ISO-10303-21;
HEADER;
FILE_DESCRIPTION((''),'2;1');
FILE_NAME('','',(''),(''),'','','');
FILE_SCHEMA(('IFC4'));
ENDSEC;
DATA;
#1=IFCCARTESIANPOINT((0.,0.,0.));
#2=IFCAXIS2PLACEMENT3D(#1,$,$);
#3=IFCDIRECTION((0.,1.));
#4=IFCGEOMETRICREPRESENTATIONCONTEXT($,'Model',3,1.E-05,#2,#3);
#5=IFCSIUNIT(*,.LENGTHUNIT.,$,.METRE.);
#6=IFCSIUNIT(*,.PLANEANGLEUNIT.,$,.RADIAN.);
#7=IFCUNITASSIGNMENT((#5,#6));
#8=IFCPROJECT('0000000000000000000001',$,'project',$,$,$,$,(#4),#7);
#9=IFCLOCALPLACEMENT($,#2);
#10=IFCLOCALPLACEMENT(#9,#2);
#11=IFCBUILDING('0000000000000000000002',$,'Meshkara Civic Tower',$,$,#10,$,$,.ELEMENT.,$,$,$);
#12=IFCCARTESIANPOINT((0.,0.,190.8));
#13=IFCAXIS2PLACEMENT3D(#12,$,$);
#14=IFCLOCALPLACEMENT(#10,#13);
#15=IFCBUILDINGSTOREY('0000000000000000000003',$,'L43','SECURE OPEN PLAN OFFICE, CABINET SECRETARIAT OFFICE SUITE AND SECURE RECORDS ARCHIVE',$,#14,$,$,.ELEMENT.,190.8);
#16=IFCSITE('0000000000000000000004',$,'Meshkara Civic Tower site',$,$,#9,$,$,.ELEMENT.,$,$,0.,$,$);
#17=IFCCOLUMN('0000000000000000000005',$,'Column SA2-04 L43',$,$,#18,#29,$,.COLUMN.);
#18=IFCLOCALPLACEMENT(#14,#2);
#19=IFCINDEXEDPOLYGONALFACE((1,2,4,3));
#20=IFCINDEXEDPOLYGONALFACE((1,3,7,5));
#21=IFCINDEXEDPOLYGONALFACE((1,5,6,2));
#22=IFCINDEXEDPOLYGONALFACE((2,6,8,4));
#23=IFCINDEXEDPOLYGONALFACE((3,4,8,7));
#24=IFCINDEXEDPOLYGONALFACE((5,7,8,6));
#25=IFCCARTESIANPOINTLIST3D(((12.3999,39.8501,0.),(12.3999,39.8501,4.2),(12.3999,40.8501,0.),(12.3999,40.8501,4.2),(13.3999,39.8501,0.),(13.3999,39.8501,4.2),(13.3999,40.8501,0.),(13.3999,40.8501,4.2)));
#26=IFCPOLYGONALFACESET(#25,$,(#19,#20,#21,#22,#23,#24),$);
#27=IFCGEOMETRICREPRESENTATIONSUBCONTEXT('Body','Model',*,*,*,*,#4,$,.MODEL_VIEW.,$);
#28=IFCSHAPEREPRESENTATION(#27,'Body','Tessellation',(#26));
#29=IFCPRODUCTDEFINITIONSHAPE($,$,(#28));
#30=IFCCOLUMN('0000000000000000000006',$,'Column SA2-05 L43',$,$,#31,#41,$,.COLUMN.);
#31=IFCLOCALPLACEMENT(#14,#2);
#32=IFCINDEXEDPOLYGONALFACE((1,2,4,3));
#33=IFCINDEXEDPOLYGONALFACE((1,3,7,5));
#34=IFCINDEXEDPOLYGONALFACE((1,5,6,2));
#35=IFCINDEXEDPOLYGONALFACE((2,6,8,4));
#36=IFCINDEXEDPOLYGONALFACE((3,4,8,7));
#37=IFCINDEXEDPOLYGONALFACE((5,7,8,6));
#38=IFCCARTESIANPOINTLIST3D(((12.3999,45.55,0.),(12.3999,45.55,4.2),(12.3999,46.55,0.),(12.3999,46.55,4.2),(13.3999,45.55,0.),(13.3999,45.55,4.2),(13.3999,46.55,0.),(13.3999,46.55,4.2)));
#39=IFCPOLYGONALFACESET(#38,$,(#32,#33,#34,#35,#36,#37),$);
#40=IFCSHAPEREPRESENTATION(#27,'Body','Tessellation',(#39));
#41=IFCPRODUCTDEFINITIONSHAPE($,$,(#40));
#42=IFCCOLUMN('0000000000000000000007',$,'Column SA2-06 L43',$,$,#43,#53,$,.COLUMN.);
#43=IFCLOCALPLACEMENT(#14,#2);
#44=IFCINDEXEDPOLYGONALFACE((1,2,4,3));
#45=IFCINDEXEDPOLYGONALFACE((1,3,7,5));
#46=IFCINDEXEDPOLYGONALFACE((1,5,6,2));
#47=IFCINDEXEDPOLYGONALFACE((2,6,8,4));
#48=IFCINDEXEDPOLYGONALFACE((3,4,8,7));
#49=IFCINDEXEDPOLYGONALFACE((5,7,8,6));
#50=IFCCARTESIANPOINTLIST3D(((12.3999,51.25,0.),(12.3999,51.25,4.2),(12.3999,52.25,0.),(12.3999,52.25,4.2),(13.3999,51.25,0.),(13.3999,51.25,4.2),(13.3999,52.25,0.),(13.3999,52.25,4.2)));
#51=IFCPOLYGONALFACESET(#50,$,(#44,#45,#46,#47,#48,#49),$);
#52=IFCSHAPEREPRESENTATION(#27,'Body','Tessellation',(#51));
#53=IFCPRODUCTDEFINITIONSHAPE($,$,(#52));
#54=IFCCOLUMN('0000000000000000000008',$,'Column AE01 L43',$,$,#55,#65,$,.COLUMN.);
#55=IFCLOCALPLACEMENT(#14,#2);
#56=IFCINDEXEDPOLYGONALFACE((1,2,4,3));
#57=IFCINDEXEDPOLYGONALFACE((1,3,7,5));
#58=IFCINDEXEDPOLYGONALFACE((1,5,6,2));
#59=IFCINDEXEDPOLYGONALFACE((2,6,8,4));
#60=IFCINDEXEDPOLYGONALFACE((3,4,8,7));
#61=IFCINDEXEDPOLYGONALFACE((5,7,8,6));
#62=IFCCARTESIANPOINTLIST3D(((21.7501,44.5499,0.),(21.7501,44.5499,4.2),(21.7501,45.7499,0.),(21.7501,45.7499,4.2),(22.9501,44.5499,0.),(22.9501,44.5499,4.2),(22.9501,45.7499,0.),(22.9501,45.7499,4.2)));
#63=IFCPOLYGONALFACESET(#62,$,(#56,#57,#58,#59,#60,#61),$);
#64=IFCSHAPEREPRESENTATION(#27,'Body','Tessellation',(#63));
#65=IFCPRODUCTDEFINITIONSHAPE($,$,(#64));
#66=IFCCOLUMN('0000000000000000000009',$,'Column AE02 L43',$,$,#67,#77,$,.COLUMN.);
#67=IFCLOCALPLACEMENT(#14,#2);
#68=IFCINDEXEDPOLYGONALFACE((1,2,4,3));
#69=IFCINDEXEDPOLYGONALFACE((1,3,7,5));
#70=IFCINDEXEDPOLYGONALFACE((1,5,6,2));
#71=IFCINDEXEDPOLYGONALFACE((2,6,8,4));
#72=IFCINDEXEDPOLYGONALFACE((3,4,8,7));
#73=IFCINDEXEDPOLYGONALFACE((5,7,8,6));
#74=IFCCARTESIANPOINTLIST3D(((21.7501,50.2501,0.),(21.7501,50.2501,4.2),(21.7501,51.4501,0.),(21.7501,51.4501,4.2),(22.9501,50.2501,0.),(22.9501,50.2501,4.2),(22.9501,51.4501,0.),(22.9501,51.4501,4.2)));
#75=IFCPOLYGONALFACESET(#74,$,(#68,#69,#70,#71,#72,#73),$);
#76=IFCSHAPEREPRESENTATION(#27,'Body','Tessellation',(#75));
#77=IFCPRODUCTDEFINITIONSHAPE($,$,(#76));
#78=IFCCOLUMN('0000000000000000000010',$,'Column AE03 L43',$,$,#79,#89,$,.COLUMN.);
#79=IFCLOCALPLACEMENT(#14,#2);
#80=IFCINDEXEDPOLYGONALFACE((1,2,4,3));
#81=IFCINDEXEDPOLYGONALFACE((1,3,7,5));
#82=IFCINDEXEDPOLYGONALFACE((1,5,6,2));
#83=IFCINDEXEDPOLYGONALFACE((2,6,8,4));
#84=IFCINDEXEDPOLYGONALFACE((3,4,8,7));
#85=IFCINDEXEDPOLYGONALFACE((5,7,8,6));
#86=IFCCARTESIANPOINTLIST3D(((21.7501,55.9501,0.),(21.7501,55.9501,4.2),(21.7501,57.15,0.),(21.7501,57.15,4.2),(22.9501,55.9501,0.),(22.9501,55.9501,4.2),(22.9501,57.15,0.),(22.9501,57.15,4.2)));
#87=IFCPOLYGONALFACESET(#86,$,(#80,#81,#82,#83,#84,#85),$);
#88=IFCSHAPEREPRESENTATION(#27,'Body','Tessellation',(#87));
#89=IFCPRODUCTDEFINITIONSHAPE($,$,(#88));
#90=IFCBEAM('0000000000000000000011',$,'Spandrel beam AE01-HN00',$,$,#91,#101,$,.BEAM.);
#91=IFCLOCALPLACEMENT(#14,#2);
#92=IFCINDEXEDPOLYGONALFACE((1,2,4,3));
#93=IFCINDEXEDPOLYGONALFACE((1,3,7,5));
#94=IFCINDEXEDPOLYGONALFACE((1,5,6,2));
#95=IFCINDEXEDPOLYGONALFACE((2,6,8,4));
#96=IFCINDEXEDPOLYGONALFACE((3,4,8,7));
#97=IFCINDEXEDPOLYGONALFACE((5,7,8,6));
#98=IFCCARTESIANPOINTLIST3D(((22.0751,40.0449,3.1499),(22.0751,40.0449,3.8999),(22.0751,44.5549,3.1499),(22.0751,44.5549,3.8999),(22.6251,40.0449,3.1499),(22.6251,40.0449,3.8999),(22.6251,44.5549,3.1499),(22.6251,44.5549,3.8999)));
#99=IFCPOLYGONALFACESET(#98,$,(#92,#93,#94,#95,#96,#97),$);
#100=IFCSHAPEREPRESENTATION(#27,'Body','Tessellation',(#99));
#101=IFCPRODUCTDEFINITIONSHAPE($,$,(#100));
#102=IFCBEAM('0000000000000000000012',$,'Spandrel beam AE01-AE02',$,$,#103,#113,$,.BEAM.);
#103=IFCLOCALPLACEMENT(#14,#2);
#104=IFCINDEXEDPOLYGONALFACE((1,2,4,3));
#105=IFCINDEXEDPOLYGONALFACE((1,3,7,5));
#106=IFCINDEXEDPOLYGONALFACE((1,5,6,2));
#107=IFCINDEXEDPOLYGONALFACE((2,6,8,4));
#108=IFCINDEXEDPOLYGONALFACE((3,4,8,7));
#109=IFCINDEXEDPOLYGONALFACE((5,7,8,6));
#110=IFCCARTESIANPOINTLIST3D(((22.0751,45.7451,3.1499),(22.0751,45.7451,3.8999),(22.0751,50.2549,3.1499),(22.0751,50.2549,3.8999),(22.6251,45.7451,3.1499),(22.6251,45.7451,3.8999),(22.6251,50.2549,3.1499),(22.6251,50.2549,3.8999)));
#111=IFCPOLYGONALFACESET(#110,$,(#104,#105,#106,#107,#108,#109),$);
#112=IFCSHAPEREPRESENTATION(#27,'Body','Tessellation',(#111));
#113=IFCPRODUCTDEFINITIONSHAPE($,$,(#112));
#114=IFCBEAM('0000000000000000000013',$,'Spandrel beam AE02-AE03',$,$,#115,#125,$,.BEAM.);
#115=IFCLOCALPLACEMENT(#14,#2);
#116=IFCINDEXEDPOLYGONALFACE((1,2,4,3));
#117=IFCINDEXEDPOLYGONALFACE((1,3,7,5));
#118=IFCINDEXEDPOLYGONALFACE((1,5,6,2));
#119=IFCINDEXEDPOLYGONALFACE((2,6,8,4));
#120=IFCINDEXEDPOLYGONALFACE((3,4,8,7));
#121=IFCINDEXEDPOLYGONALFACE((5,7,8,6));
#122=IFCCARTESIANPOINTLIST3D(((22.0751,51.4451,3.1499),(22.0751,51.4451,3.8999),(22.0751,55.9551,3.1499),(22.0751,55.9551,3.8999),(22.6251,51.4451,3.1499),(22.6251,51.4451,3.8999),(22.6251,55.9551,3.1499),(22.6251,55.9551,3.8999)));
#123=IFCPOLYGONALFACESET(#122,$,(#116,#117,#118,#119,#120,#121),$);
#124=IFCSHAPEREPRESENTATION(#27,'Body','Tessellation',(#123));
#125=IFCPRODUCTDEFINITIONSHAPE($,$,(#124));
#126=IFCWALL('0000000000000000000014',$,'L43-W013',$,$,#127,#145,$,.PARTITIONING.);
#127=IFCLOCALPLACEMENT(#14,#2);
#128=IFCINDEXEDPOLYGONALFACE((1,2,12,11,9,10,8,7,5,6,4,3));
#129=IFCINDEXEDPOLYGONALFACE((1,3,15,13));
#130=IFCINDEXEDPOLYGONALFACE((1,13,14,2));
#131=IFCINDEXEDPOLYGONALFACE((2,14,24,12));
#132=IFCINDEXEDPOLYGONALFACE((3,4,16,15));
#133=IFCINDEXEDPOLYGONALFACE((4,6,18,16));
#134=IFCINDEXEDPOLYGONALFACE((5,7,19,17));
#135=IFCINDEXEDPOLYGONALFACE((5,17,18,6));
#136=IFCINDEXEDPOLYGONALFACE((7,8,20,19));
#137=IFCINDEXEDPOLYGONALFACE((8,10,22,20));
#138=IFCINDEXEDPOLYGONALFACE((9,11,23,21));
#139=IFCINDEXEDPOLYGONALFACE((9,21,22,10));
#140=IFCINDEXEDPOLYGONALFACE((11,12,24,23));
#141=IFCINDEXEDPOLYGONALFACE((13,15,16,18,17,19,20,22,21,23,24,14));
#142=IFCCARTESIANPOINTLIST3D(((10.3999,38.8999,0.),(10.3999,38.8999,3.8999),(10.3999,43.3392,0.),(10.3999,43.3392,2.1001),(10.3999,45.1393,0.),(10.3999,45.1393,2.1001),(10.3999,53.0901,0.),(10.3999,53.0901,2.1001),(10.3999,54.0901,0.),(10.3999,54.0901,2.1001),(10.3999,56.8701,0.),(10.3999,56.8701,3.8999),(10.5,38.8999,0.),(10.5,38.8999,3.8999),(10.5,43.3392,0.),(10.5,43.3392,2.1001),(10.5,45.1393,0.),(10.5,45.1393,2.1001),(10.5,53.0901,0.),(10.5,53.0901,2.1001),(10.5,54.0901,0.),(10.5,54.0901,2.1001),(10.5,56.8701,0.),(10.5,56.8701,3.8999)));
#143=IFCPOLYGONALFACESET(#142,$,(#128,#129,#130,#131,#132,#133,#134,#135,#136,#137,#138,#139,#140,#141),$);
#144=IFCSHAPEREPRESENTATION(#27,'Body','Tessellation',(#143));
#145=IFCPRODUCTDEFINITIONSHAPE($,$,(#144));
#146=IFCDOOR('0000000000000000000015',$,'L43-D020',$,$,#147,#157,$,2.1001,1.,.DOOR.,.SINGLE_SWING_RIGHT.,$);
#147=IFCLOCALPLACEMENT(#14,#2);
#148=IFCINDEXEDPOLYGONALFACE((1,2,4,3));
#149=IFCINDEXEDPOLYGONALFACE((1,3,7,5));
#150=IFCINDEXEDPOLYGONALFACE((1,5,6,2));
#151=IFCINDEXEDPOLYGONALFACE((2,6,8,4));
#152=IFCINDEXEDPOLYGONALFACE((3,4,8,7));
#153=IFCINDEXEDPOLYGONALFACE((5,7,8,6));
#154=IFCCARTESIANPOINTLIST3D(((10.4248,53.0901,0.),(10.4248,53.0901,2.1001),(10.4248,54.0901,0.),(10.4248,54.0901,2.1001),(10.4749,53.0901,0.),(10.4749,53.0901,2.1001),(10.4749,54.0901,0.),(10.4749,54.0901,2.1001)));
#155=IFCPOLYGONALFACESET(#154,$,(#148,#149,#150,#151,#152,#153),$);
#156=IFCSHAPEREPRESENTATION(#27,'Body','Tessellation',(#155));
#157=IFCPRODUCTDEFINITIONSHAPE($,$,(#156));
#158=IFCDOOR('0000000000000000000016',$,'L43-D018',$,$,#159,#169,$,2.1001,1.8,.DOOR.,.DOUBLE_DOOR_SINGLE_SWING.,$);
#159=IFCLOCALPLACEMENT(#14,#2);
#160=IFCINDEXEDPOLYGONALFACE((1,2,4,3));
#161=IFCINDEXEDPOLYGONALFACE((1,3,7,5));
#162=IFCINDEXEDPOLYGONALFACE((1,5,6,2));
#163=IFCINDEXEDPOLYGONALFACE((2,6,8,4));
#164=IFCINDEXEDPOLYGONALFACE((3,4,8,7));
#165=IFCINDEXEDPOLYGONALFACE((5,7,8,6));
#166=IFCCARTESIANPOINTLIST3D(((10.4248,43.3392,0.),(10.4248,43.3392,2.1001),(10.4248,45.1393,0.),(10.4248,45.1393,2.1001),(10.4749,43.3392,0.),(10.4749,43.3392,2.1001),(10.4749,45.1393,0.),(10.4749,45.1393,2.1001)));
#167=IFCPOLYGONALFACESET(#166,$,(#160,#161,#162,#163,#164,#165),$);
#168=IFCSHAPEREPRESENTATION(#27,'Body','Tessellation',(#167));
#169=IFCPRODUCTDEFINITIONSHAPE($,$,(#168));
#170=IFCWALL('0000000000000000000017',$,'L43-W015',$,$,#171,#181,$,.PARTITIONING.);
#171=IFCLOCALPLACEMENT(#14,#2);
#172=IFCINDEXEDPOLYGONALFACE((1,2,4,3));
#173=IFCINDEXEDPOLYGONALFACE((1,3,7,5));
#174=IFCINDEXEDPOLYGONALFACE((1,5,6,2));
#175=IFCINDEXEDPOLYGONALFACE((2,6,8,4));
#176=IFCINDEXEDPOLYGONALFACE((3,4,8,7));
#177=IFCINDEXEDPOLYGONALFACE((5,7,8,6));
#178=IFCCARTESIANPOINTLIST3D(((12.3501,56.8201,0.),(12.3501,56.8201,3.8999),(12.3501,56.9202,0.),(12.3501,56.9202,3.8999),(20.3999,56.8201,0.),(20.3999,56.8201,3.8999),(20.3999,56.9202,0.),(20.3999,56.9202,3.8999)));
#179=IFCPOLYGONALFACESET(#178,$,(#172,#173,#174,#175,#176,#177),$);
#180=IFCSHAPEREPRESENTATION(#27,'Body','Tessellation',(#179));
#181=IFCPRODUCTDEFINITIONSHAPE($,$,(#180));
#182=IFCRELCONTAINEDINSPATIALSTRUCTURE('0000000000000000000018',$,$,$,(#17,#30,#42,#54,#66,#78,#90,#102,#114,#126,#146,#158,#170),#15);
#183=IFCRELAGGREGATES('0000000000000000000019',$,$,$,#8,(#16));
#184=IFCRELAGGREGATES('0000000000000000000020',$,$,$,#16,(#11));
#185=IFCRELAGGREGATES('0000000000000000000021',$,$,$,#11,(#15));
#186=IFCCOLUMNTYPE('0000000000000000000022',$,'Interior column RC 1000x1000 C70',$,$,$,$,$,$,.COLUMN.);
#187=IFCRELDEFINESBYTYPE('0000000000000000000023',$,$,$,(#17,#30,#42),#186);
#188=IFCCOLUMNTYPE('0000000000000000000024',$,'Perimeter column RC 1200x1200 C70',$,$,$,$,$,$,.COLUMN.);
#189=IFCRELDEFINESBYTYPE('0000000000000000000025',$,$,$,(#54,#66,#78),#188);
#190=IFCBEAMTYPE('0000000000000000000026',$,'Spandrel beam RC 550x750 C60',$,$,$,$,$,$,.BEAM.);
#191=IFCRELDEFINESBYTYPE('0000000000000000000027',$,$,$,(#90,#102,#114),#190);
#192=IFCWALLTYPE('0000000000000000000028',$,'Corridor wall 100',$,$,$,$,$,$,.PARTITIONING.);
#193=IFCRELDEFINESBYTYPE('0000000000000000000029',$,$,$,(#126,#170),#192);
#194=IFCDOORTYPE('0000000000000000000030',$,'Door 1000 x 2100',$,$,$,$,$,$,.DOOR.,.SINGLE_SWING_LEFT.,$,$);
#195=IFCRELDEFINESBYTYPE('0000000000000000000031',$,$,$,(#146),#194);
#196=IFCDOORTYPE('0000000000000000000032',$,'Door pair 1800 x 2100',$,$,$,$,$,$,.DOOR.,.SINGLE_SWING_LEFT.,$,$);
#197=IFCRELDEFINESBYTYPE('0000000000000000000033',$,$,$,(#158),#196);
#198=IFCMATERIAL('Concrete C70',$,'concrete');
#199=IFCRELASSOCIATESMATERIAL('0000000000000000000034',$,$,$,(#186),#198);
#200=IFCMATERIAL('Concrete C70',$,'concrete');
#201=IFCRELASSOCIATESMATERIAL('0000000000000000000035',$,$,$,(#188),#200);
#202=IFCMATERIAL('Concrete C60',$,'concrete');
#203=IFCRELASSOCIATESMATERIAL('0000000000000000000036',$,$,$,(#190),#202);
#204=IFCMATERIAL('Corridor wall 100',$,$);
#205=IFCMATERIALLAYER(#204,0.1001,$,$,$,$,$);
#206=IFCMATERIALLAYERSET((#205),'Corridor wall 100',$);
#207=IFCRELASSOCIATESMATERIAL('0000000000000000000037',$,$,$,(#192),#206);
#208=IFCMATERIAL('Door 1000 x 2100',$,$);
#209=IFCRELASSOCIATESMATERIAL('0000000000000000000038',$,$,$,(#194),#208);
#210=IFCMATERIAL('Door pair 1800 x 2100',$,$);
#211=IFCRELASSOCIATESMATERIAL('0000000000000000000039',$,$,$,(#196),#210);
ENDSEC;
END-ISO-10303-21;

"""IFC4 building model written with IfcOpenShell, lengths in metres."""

from ifc_helpers import new_model, si_unit, direction, frame, frame_2d, origin, origin_2d, place, context, subcontext, project, spatial, rectangle, extrude, material, layer, layer_set, material_profile, profile_set, type_object, element, fill, save


model = new_model("IFC4")

# Units and contexts
model_context = context("Model", 3, precision=1e-05, world=origin(), true_north=direction((0.0, 1.0)))
body_context = subcontext(model_context, "Body", "Model", "MODEL_VIEW")
ifc_project = project(units=[si_unit("LENGTHUNIT", "METRE"), si_unit("PLANEANGLEUNIT", "RADIAN")], contexts=[model_context])

# Site, building, storey
site_placement = place(None, origin())
site = spatial("IfcSite", under=ifc_project, at=site_placement, Name="Meshkara Civic Tower site", CompositionType="ELEMENT", RefElevation=0.0)
building_placement = place(site_placement, origin())
building = spatial("IfcBuilding", under=site, at=building_placement, Name="Meshkara Civic Tower", CompositionType="ELEMENT")
storey_placement = place(building_placement, frame((0.0, 0.0, 190.8)))
storey = spatial("IfcBuildingStorey", under=building, at=storey_placement, Name="L43", Description="SECURE OPEN PLAN OFFICE, CABINET SECRETARIAT OFFICE SUITE AND SECURE RECORDS ARCHIVE", CompositionType="ELEMENT", Elevation=190.8)

# Columns
ifc_material_1 = material(Name="Concrete C70", Category="concrete")
ifc_material_profile_1 = material_profile(ifc_material_1, rectangle(XDim=1.0, YDim=1.0, at=origin_2d()))
ifc_profile_set_1 = profile_set([ifc_material_profile_1], Name="Concrete C70")
column_type_1 = type_object("IfcColumnType", Name="Interior column RC 1000x1000 C70", PredefinedType="COLUMN", material=ifc_profile_set_1)
for number, where, z_axis, x_axis, name in (
    (1, (12.8999, 40.3501, 0.0), (0.0, 0.0, 1.0), (1.0, 0.0, 0.0), "Column SA2-04 L43"),
    (2, (12.8999, 46.05, 0.0), (0.0, 0.0, 1.0), (1.0, 0.0, 0.0), "Column SA2-05 L43"),
    (3, (12.8999, 51.75, 0.0), (0.0, 0.0, 1.0), (1.0, 0.0, 0.0), "Column SA2-06 L43"),
):
    element("IfcColumn", number, at=place(storey_placement, frame(where, z_axis=z_axis, x_axis=x_axis)), inside=storey, type_object=column_type_1, Name=name, PredefinedType="COLUMN", context=body_context, shape_type="SweptSolid", body=[
        extrude(rectangle(XDim=1.0, YDim=1.0, at=origin_2d()), origin(), (0.0, 0.0, 1.0), 4.2),
    ])
ifc_material_2 = material(Name="Concrete C70", Category="concrete")
ifc_material_profile_2 = material_profile(ifc_material_2, rectangle(XDim=1.2, YDim=1.2, at=origin_2d()))
ifc_profile_set_2 = profile_set([ifc_material_profile_2], Name="Concrete C70")
column_type_2 = type_object("IfcColumnType", Name="Perimeter column RC 1200x1200 C70", PredefinedType="COLUMN", material=ifc_profile_set_2)
for number, where, z_axis, x_axis, name in (
    (4, (22.3501, 45.1499, 0.0), (0.0, 0.0, 1.0), (1.0, 0.0, 0.0), "Column AE01 L43"),
    (5, (22.3501, 50.8501, 0.0), (0.0, 0.0, 1.0), (1.0, 0.0, 0.0), "Column AE02 L43"),
    (6, (22.3501, 56.55, 0.0), (0.0, 0.0, 1.0), (1.0, 0.0, 0.0), "Column AE03 L43"),
):
    element("IfcColumn", number, at=place(storey_placement, frame(where, z_axis=z_axis, x_axis=x_axis)), inside=storey, type_object=column_type_2, Name=name, PredefinedType="COLUMN", context=body_context, shape_type="SweptSolid", body=[
        extrude(rectangle(XDim=1.2, YDim=1.2, at=origin_2d()), origin(), (0.0, 0.0, 1.0), 4.2),
    ])

# Beams
ifc_material_3 = material(Name="Concrete C60", Category="concrete")
ifc_material_profile_3 = material_profile(ifc_material_3, rectangle(XDim=0.55, YDim=0.75, at=origin_2d()))
ifc_profile_set_3 = profile_set([ifc_material_profile_3], Name="Concrete C60")
beam_type = type_object("IfcBeamType", Name="Spandrel beam RC 550x750 C60", PredefinedType="BEAM", material=ifc_profile_set_3)
beam_1_placement = place(storey_placement, frame((22.3501, 40.0449, 3.5249), z_axis=(0.0, 1.0, 0.0), x_axis=(-1.0, 0.0, 0.0)))
element("IfcBeam", 7, at=beam_1_placement, inside=storey, type_object=beam_type, Name="Spandrel beam AE01-HN00", PredefinedType="BEAM", context=body_context, shape_type="SweptSolid", body=[
    extrude(rectangle(XDim=0.55, YDim=0.75, at=origin_2d()), origin(), (0.0, 0.0, 1.0), 4.51),
])
beam_2_placement = place(storey_placement, frame((22.3501, 45.7451, 3.5249), z_axis=(0.0, 1.0, 0.0), x_axis=(-1.0, 0.0, 0.0)))
element("IfcBeam", 8, at=beam_2_placement, inside=storey, type_object=beam_type, Name="Spandrel beam AE01-AE02", PredefinedType="BEAM", context=body_context, shape_type="SweptSolid", body=[
    extrude(rectangle(XDim=0.55, YDim=0.75, at=origin_2d()), origin(), (0.0, 0.0, 1.0), 4.5098),
])
beam_3_placement = place(storey_placement, frame((22.3501, 51.4451, 3.5249), z_axis=(0.0, 1.0, 0.0), x_axis=(-1.0, 0.0, 0.0)))
element("IfcBeam", 9, at=beam_3_placement, inside=storey, type_object=beam_type, Name="Spandrel beam AE02-AE03", PredefinedType="BEAM", context=body_context, shape_type="SweptSolid", body=[
    extrude(rectangle(XDim=0.55, YDim=0.75, at=origin_2d()), origin(), (0.0, 0.0, 1.0), 4.51),
])

# Wall, openings, doors
ifc_material_4 = material(Name="Corridor wall 100")
ifc_layer_1 = layer(ifc_material_4, 0.1001)
ifc_layer_set_1 = layer_set([ifc_layer_1], Name="Corridor wall 100")
wall_type_1 = type_object("IfcWallType", Name="Corridor wall 100", PredefinedType="PARTITIONING", material=ifc_layer_set_1)
wall_1_placement = place(storey_placement, frame((10.45, 56.8701, 0.0), z_axis=(0.0, 0.0, 1.0), x_axis=(0.0, -1.0, 0.0)))
wall_1 = element("IfcWall", 10, at=wall_1_placement, inside=storey, type_object=wall_type_1, Name="L43-W013", PredefinedType="PARTITIONING", context=body_context, shape_type="SweptSolid", body=[
    extrude(rectangle(XDim=17.9702, YDim=0.1001, at=frame_2d((8.9851, 0.0))), origin(), (0.0, 0.0, 1.0), 3.8999),
])
opening_1_placement = place(wall_1_placement, frame((11.731, 0.0, 0.0)))
opening_1 = element("IfcOpeningElement", 11, at=opening_1_placement, cuts=wall_1, PredefinedType="OPENING", context=body_context, shape_type="SweptSolid", body=[
    extrude(rectangle(XDim=1.8, YDim=2.1001, at=frame_2d((0.8999, 1.05))), frame((0.0, 0.0601, 0.0), z_axis=(0.0, -1.0, 0.0), x_axis=(1.0, 0.0, 0.0)), (0.0, 0.0, 1.0), 0.1201),
])
opening_2_placement = place(wall_1_placement, frame((2.78, 0.0, 0.0)))
opening_2 = element("IfcOpeningElement", 12, at=opening_2_placement, cuts=wall_1, PredefinedType="OPENING", context=body_context, shape_type="SweptSolid", body=[
    extrude(rectangle(XDim=1.0, YDim=2.1001, at=frame_2d((0.5, 1.05))), frame((0.0, 0.0601, 0.0), z_axis=(0.0, -1.0, 0.0), x_axis=(1.0, 0.0, 0.0)), (0.0, 0.0, 1.0), 0.1201),
])
ifc_material_5 = material(Name="Door 1000 x 2100")
door_type_1 = type_object("IfcDoorType", Name="Door 1000 x 2100", OperationType="SINGLE_SWING_LEFT", PredefinedType="DOOR", material=ifc_material_5)
door_1_placement = place(opening_2_placement, origin())
door_1 = element("IfcDoor", 13, at=door_1_placement, inside=storey, type_object=door_type_1, Name="L43-D020", OperationType="SINGLE_SWING_RIGHT", OverallHeight=2.1001, OverallWidth=1.0, PredefinedType="DOOR", context=body_context, shape_type="SweptSolid", body=[
    extrude(rectangle(XDim=1.0, YDim=2.1001, at=frame_2d((0.5, 1.05))), frame((0.0, 0.0249, 0.0), z_axis=(0.0, -1.0, 0.0), x_axis=(1.0, 0.0, 0.0)), (0.0, 0.0, 1.0), 0.05),
])
fill(opening_2, door_1)
ifc_material_6 = material(Name="Door pair 1800 x 2100")
door_type_2 = type_object("IfcDoorType", Name="Door pair 1800 x 2100", OperationType="SINGLE_SWING_LEFT", PredefinedType="DOOR", material=ifc_material_6)
door_2_placement = place(opening_1_placement, origin())
door_2 = element("IfcDoor", 14, at=door_2_placement, inside=storey, type_object=door_type_2, Name="L43-D018", OperationType="DOUBLE_DOOR_SINGLE_SWING", OverallHeight=2.1001, OverallWidth=1.8, PredefinedType="DOOR", context=body_context, shape_type="SweptSolid", body=[
    extrude(rectangle(XDim=1.8, YDim=2.1001, at=frame_2d((0.8999, 1.05))), frame((0.0, 0.0249, 0.0), z_axis=(0.0, -1.0, 0.0), x_axis=(1.0, 0.0, 0.0)), (0.0, 0.0, 1.0), 0.05),
])
fill(opening_1, door_2)

# Wall
wall_2_placement = place(storey_placement, frame((12.3501, 56.8701, 0.0), z_axis=(0.0, 0.0, 1.0), x_axis=(1.0, 0.0, 0.0)))
element("IfcWall", 15, at=wall_2_placement, inside=storey, type_object=wall_type_1, Name="L43-W015", PredefinedType="PARTITIONING", context=body_context, shape_type="SweptSolid", body=[
    extrude(rectangle(XDim=8.0498, YDim=0.1001, at=frame_2d((4.0249, 0.0))), origin(), (0.0, 0.0, 1.0), 3.8999),
])

save(model, "model.ifc")
